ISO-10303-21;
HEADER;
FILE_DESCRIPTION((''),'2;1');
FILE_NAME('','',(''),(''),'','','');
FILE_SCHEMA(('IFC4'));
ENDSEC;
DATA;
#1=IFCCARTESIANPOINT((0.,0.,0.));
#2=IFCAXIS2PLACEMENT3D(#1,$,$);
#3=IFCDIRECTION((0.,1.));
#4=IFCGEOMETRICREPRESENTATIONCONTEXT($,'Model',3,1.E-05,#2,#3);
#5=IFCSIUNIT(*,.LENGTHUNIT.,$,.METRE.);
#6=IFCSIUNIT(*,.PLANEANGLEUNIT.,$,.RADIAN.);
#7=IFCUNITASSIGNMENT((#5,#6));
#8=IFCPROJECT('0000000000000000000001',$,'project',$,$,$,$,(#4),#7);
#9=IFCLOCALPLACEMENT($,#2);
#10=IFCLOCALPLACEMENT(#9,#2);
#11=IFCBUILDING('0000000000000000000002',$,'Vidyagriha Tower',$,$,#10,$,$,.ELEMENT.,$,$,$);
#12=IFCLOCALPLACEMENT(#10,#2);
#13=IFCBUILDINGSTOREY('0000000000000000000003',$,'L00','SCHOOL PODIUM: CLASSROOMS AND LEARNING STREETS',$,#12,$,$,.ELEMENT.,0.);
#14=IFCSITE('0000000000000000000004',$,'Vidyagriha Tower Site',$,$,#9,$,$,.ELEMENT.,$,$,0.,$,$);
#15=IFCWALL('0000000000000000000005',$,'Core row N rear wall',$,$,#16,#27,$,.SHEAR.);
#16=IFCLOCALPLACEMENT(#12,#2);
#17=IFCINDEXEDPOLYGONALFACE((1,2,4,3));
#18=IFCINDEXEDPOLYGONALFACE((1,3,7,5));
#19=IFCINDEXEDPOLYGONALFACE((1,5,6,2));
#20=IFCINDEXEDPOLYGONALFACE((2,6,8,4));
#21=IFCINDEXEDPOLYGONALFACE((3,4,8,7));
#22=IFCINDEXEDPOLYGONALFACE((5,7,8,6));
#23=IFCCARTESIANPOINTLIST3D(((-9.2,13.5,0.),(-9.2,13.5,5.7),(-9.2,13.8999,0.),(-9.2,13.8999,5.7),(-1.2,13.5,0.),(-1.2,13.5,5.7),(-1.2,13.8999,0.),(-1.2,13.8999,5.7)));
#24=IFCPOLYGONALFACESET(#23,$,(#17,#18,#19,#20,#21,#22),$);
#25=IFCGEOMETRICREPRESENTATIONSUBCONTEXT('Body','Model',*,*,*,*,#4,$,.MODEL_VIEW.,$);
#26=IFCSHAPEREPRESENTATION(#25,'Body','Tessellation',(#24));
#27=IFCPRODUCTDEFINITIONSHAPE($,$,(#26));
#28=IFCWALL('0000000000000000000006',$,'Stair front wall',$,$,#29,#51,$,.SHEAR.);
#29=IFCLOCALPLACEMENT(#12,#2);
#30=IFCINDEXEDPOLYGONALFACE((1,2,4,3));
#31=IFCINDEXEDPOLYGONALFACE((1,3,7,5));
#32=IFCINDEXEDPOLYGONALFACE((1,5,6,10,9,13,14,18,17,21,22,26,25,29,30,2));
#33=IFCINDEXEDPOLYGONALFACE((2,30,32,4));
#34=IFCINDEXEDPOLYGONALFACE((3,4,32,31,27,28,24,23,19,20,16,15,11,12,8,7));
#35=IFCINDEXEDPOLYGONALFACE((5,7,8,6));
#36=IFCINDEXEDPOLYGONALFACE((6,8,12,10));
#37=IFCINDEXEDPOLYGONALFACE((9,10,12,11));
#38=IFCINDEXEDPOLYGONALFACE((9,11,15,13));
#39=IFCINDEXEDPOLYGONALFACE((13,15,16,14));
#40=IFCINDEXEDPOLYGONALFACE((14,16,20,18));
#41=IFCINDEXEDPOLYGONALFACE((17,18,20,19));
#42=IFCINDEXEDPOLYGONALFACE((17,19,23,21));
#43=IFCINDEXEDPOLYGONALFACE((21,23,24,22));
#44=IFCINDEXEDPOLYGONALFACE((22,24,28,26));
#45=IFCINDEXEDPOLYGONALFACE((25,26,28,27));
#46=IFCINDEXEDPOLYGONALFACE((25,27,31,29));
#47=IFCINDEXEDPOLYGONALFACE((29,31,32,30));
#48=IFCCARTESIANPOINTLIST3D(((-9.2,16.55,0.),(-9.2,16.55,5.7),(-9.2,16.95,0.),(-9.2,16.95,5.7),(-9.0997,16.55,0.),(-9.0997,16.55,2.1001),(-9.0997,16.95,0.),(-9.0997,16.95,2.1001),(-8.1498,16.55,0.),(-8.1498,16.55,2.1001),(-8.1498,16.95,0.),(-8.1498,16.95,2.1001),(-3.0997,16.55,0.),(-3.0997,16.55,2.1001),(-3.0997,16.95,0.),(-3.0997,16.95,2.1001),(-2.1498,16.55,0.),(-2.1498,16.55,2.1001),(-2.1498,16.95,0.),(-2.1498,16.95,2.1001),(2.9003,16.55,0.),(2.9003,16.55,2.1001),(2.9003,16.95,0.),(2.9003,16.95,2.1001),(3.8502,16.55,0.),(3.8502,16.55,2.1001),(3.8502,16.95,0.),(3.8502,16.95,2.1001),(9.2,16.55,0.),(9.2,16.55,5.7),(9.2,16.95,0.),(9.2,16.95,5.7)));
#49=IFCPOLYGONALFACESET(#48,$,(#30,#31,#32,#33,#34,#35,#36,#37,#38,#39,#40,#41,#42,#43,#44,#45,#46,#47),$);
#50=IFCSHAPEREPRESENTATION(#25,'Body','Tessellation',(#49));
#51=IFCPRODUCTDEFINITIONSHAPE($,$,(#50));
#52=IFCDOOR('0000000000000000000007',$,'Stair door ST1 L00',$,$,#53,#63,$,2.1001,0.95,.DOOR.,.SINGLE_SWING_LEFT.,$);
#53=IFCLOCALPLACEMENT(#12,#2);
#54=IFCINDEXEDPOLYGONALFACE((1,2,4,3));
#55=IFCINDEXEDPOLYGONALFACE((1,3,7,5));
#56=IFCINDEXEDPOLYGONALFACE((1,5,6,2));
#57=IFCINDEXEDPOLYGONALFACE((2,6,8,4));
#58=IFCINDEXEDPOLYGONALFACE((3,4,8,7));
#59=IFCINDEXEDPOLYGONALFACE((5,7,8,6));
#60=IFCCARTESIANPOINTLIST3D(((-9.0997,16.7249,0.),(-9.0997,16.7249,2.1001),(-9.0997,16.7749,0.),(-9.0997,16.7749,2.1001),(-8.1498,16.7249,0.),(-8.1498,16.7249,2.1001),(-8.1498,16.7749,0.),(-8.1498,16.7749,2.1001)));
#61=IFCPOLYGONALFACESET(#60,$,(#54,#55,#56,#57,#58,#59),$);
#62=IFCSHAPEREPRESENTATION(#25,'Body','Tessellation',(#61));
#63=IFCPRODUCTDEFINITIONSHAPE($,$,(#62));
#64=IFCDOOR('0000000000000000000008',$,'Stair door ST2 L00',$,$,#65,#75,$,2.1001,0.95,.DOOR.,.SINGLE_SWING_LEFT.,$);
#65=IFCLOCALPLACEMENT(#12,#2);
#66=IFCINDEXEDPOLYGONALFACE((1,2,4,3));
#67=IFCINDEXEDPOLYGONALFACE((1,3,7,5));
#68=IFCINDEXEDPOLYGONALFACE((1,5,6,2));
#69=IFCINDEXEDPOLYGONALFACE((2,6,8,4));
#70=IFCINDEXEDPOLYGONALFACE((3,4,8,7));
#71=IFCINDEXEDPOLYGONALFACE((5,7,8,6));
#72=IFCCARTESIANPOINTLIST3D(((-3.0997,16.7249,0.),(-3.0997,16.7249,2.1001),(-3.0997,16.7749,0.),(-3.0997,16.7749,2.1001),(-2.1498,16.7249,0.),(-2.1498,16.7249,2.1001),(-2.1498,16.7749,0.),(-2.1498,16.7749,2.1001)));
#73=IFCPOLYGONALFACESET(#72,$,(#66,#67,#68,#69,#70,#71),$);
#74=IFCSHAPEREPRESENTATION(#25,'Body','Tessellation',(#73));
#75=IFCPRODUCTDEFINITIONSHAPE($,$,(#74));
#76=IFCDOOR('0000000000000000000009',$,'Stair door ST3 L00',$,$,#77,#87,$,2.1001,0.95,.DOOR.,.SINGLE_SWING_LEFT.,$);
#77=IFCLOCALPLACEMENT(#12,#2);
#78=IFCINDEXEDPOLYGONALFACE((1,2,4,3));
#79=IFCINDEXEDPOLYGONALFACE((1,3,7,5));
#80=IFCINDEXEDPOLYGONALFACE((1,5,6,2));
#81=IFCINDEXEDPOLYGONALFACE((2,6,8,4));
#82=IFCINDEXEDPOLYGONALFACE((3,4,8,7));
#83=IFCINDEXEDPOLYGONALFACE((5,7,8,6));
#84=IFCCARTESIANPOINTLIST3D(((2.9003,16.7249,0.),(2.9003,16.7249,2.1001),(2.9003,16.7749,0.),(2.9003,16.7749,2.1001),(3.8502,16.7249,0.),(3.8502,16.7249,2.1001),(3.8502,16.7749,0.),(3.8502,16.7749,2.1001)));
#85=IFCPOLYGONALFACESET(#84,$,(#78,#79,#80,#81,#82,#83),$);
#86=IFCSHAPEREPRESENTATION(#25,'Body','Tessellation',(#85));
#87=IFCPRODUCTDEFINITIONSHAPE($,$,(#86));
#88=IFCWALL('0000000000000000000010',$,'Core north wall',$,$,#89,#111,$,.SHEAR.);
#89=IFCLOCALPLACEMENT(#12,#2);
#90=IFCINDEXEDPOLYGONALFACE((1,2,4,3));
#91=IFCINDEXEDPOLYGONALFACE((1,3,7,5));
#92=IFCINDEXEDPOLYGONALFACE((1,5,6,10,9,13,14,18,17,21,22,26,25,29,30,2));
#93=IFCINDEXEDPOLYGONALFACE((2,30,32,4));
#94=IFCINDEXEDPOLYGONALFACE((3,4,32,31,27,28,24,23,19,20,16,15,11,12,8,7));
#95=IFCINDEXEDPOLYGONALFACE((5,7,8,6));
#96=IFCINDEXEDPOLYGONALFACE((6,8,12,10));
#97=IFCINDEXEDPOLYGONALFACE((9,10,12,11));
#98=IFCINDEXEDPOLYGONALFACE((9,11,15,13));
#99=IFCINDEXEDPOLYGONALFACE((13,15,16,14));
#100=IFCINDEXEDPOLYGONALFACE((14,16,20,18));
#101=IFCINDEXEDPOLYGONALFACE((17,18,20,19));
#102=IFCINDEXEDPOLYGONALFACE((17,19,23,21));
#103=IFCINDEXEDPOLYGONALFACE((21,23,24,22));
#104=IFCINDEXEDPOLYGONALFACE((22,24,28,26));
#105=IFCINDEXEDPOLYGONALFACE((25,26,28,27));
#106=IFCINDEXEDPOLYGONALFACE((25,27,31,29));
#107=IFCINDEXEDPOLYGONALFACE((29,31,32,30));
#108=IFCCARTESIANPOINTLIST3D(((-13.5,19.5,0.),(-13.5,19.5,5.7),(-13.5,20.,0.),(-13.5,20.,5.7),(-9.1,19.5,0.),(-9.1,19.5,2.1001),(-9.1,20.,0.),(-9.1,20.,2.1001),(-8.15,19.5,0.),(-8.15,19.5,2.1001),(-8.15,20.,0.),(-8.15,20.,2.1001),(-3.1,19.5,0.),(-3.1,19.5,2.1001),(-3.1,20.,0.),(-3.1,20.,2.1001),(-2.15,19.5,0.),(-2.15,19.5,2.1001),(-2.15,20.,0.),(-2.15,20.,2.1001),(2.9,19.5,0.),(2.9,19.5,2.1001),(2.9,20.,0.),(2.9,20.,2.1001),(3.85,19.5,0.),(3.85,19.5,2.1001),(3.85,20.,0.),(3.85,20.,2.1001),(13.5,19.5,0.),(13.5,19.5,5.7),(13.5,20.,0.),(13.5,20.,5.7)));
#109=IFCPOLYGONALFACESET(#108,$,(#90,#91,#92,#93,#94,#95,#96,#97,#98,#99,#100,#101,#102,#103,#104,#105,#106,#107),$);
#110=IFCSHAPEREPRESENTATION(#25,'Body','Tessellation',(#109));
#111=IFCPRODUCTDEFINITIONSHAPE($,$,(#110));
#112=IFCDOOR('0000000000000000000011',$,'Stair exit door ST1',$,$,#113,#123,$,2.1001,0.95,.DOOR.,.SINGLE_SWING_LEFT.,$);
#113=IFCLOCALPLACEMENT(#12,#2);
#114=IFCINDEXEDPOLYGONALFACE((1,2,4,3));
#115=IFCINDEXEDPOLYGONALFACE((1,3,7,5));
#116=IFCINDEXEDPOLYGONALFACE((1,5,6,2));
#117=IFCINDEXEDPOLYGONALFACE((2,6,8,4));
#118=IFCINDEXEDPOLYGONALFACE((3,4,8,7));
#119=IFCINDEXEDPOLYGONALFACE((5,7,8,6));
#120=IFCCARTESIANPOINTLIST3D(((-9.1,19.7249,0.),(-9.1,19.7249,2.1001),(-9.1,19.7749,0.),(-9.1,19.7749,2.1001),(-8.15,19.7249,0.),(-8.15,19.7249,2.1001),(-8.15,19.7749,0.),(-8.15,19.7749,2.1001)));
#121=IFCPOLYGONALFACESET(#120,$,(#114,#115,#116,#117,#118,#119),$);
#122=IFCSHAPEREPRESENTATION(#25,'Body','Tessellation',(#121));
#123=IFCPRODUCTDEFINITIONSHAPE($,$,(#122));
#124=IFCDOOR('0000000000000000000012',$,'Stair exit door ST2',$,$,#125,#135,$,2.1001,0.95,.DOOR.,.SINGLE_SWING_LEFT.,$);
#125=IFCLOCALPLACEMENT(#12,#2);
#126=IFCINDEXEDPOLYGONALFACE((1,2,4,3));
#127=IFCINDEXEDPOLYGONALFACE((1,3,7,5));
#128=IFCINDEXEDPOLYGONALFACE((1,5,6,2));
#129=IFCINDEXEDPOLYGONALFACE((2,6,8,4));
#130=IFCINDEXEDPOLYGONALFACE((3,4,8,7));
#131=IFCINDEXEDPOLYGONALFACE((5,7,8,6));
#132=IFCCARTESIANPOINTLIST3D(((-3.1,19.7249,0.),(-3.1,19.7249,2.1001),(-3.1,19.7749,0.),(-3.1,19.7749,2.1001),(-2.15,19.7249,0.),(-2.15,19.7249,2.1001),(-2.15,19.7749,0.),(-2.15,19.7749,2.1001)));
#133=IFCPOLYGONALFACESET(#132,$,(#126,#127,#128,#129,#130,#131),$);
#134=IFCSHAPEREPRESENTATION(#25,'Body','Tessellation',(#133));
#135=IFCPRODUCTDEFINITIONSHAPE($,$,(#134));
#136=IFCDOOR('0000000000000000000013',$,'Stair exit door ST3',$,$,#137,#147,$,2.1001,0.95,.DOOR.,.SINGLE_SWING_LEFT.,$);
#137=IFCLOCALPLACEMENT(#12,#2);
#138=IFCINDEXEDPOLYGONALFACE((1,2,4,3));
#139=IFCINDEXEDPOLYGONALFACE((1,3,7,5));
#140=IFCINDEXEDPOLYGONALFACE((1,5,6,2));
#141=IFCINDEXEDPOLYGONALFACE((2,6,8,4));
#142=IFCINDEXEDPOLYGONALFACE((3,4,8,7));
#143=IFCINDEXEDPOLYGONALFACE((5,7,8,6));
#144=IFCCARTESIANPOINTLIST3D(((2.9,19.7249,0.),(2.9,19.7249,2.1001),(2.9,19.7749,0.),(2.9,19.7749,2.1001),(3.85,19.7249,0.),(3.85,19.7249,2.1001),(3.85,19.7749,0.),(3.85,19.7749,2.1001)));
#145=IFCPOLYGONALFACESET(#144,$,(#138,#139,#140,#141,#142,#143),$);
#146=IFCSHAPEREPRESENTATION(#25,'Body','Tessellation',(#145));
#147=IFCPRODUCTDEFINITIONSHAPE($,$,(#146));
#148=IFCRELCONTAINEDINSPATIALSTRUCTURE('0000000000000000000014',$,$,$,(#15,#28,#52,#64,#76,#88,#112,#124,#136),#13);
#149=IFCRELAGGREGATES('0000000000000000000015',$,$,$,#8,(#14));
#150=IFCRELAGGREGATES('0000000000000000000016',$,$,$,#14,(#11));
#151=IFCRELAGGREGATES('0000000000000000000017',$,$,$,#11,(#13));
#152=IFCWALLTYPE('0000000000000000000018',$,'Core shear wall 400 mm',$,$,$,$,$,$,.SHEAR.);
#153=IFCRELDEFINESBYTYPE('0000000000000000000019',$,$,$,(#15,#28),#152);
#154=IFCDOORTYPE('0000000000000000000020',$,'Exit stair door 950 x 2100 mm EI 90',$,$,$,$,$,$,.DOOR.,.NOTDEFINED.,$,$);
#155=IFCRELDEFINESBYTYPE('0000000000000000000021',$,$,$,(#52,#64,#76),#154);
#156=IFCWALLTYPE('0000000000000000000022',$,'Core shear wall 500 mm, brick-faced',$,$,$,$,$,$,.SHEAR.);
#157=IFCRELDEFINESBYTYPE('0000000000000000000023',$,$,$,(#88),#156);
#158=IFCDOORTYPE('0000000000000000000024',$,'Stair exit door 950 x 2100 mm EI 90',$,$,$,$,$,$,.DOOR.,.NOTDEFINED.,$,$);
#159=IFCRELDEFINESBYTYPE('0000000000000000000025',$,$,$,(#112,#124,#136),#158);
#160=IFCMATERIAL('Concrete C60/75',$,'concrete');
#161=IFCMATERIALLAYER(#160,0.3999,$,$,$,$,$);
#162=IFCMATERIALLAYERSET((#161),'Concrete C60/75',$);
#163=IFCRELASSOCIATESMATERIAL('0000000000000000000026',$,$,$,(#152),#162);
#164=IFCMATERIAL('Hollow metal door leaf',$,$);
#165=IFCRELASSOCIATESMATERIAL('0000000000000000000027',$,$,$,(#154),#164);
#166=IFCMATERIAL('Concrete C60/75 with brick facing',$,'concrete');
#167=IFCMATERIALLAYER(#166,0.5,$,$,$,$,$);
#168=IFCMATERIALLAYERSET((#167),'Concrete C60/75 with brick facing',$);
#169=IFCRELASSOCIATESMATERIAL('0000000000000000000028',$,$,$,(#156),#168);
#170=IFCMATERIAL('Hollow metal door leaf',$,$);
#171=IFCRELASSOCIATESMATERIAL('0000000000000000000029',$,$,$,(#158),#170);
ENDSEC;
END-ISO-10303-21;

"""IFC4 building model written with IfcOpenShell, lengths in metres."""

from ifc_helpers import new_model, si_unit, direction, frame, frame_2d, origin, place, context, subcontext, project, spatial, rectangle, extrude, material, layer, layer_set, type_object, element, fill, save


model = new_model("IFC4")

# Units and contexts
model_context = context("Model", 3, precision=1e-05, world=origin(), true_north=direction((0.0, 1.0)))
body_context = subcontext(model_context, "Body", "Model", "MODEL_VIEW")
ifc_project = project(units=[si_unit("LENGTHUNIT", "METRE"), si_unit("PLANEANGLEUNIT", "RADIAN")], contexts=[model_context])

# Site, building, storey
site_placement = place(None, origin())
site = spatial("IfcSite", under=ifc_project, at=site_placement, Name="Vidyagriha Tower Site", CompositionType="ELEMENT", RefElevation=0.0)
building_placement = place(site_placement, origin())
building = spatial("IfcBuilding", under=site, at=building_placement, Name="Vidyagriha Tower", CompositionType="ELEMENT")
storey_placement = place(building_placement, origin())
storey = spatial("IfcBuildingStorey", under=building, at=storey_placement, Name="L00", Description="SCHOOL PODIUM: CLASSROOMS AND LEARNING STREETS", CompositionType="ELEMENT", Elevation=0.0)

# Shared definitions
ifc_material_1 = material(Name="Concrete C60/75", Category="concrete")
ifc_layer_1 = layer(ifc_material_1, 0.3999)
ifc_layer_set_1 = layer_set([ifc_layer_1], Name="Concrete C60/75")
wall_type_1 = type_object("IfcWallType", Name="Core shear wall 400 mm", PredefinedType="SHEAR", material=ifc_layer_set_1)

# Wall
wall_1_placement = place(storey_placement, frame((-9.2, 13.7, 0.0)))
element("IfcWall", 1, at=wall_1_placement, inside=storey, type_object=wall_type_1, Name="Core row N rear wall", PredefinedType="SHEAR", context=body_context, shape_type="SweptSolid", body=[
    extrude(rectangle(XDim=8.0, YDim=0.3999, at=frame_2d((4.0, 0.0))), origin(), (0.0, 0.0, 1.0), 5.7),
])

# Walls, openings, doors
wall_2_placement = place(storey_placement, frame((-9.2, 16.75, 0.0)))
wall_2 = element("IfcWall", 2, at=wall_2_placement, inside=storey, type_object=wall_type_1, Name="Stair front wall", PredefinedType="SHEAR", context=body_context, shape_type="SweptSolid", body=[
    extrude(rectangle(XDim=18.3999, YDim=0.3999, at=frame_2d((9.2, 0.0))), origin(), (0.0, 0.0, 1.0), 5.7),
])
opening_1_placement = place(wall_2_placement, frame((0.1001, 0.0, 0.0)))
opening_1 = element("IfcOpeningElement", 3, at=opening_1_placement, cuts=wall_2, PredefinedType="OPENING", context=body_context, shape_type="SweptSolid", body=[
    extrude(rectangle(XDim=0.95, YDim=2.1001, at=frame_2d((0.4751, 1.05))), frame((0.0, 0.21, 0.0), z_axis=(0.0, -1.0, 0.0), x_axis=(1.0, 0.0, 0.0)), (0.0, 0.0, 1.0), 0.4199),
])
opening_2_placement = place(wall_2_placement, frame((6.1001, 0.0, 0.0)))
opening_2 = element("IfcOpeningElement", 4, at=opening_2_placement, cuts=wall_2, PredefinedType="OPENING", context=body_context, shape_type="SweptSolid", body=[
    extrude(rectangle(XDim=0.95, YDim=2.1001, at=frame_2d((0.4751, 1.05))), frame((0.0, 0.21, 0.0), z_axis=(0.0, -1.0, 0.0), x_axis=(1.0, 0.0, 0.0)), (0.0, 0.0, 1.0), 0.4199),
])
opening_3_placement = place(wall_2_placement, frame((12.1001, 0.0, 0.0)))
opening_3 = element("IfcOpeningElement", 5, at=opening_3_placement, cuts=wall_2, PredefinedType="OPENING", context=body_context, shape_type="SweptSolid", body=[
    extrude(rectangle(XDim=0.95, YDim=2.1001, at=frame_2d((0.4751, 1.05))), frame((0.0, 0.21, 0.0), z_axis=(0.0, -1.0, 0.0), x_axis=(1.0, 0.0, 0.0)), (0.0, 0.0, 1.0), 0.4199),
])
ifc_material_2 = material(Name="Hollow metal door leaf")
door_type_1 = type_object("IfcDoorType", Name="Exit stair door 950 x 2100 mm EI 90", OperationType="NOTDEFINED", PredefinedType="DOOR", material=ifc_material_2)
door_1_placement = place(opening_1_placement, origin())
door_1 = element("IfcDoor", 6, at=door_1_placement, inside=storey, type_object=door_type_1, Name="Stair door ST1 L00", OperationType="SINGLE_SWING_LEFT", OverallHeight=2.1001, OverallWidth=0.95, PredefinedType="DOOR", context=body_context, shape_type="SweptSolid", body=[
    extrude(rectangle(XDim=0.95, YDim=2.1001, at=frame_2d((0.4751, 1.05))), frame((0.0, 0.0249, 0.0), z_axis=(0.0, -1.0, 0.0), x_axis=(1.0, 0.0, 0.0)), (0.0, 0.0, 1.0), 0.05),
])
fill(opening_1, door_1)
door_2_placement = place(opening_2_placement, origin())
door_2 = element("IfcDoor", 7, at=door_2_placement, inside=storey, type_object=door_type_1, Name="Stair door ST2 L00", OperationType="SINGLE_SWING_LEFT", OverallHeight=2.1001, OverallWidth=0.95, PredefinedType="DOOR", context=body_context, shape_type="SweptSolid", body=[
    extrude(rectangle(XDim=0.95, YDim=2.1001, at=frame_2d((0.4751, 1.05))), frame((0.0, 0.0249, 0.0), z_axis=(0.0, -1.0, 0.0), x_axis=(1.0, 0.0, 0.0)), (0.0, 0.0, 1.0), 0.05),
])
fill(opening_2, door_2)
door_3_placement = place(opening_3_placement, origin())
door_3 = element("IfcDoor", 8, at=door_3_placement, inside=storey, type_object=door_type_1, Name="Stair door ST3 L00", OperationType="SINGLE_SWING_LEFT", OverallHeight=2.1001, OverallWidth=0.95, PredefinedType="DOOR", context=body_context, shape_type="SweptSolid", body=[
    extrude(rectangle(XDim=0.95, YDim=2.1001, at=frame_2d((0.4751, 1.05))), frame((0.0, 0.0249, 0.0), z_axis=(0.0, -1.0, 0.0), x_axis=(1.0, 0.0, 0.0)), (0.0, 0.0, 1.0), 0.05),
])
fill(opening_3, door_3)
ifc_material_3 = material(Name="Concrete C60/75 with brick facing", Category="concrete")
ifc_layer_2 = layer(ifc_material_3, 0.5)
ifc_layer_set_2 = layer_set([ifc_layer_2], Name="Concrete C60/75 with brick facing")
wall_type_2 = type_object("IfcWallType", Name="Core shear wall 500 mm, brick-faced", PredefinedType="SHEAR", material=ifc_layer_set_2)
wall_3_placement = place(storey_placement, frame((-13.5, 19.75, 0.0)))
wall_3 = element("IfcWall", 9, at=wall_3_placement, inside=storey, type_object=wall_type_2, Name="Core north wall", PredefinedType="SHEAR", context=body_context, shape_type="SweptSolid", body=[
    extrude(rectangle(XDim=27.0, YDim=0.5, at=frame_2d((13.5, 0.0))), origin(), (0.0, 0.0, 1.0), 5.7),
])
opening_4_placement = place(wall_3_placement, frame((4.3999, 0.0, 0.0)))
opening_4 = element("IfcOpeningElement", 10, at=opening_4_placement, cuts=wall_3, PredefinedType="OPENING", context=body_context, shape_type="SweptSolid", body=[
    extrude(rectangle(XDim=0.95, YDim=2.1001, at=frame_2d((0.4751, 1.05))), frame((0.0, 0.26, 0.0), z_axis=(0.0, -1.0, 0.0), x_axis=(1.0, 0.0, 0.0)), (0.0, 0.0, 1.0), 0.52),
])
opening_5_placement = place(wall_3_placement, frame((10.3999, 0.0, 0.0)))
opening_5 = element("IfcOpeningElement", 11, at=opening_5_placement, cuts=wall_3, PredefinedType="OPENING", context=body_context, shape_type="SweptSolid", body=[
    extrude(rectangle(XDim=0.95, YDim=2.1001, at=frame_2d((0.4751, 1.05))), frame((0.0, 0.26, 0.0), z_axis=(0.0, -1.0, 0.0), x_axis=(1.0, 0.0, 0.0)), (0.0, 0.0, 1.0), 0.52),
])
opening_6_placement = place(wall_3_placement, frame((16.3999, 0.0, 0.0)))
opening_6 = element("IfcOpeningElement", 12, at=opening_6_placement, cuts=wall_3, PredefinedType="OPENING", context=body_context, shape_type="SweptSolid", body=[
    extrude(rectangle(XDim=0.95, YDim=2.1001, at=frame_2d((0.4751, 1.05))), frame((0.0, 0.26, 0.0), z_axis=(0.0, -1.0, 0.0), x_axis=(1.0, 0.0, 0.0)), (0.0, 0.0, 1.0), 0.52),
])
ifc_material_4 = material(Name="Hollow metal door leaf")
door_type_2 = type_object("IfcDoorType", Name="Stair exit door 950 x 2100 mm EI 90", OperationType="NOTDEFINED", PredefinedType="DOOR", material=ifc_material_4)
door_4_placement = place(opening_4_placement, origin())
door_4 = element("IfcDoor", 13, at=door_4_placement, inside=storey, type_object=door_type_2, Name="Stair exit door ST1", OperationType="SINGLE_SWING_LEFT", OverallHeight=2.1001, OverallWidth=0.95, PredefinedType="DOOR", context=body_context, shape_type="SweptSolid", body=[
    extrude(rectangle(XDim=0.95, YDim=2.1001, at=frame_2d((0.4751, 1.05))), frame((0.0, 0.0249, 0.0), z_axis=(0.0, -1.0, 0.0), x_axis=(1.0, 0.0, 0.0)), (0.0, 0.0, 1.0), 0.05),
])
fill(opening_4, door_4)
door_5_placement = place(opening_5_placement, origin())
door_5 = element("IfcDoor", 14, at=door_5_placement, inside=storey, type_object=door_type_2, Name="Stair exit door ST2", OperationType="SINGLE_SWING_LEFT", OverallHeight=2.1001, OverallWidth=0.95, PredefinedType="DOOR", context=body_context, shape_type="SweptSolid", body=[
    extrude(rectangle(XDim=0.95, YDim=2.1001, at=frame_2d((0.4751, 1.05))), frame((0.0, 0.0249, 0.0), z_axis=(0.0, -1.0, 0.0), x_axis=(1.0, 0.0, 0.0)), (0.0, 0.0, 1.0), 0.05),
])
fill(opening_5, door_5)
door_6_placement = place(opening_6_placement, origin())
door_6 = element("IfcDoor", 15, at=door_6_placement, inside=storey, type_object=door_type_2, Name="Stair exit door ST3", OperationType="SINGLE_SWING_LEFT", OverallHeight=2.1001, OverallWidth=0.95, PredefinedType="DOOR", context=body_context, shape_type="SweptSolid", body=[
    extrude(rectangle(XDim=0.95, YDim=2.1001, at=frame_2d((0.4751, 1.05))), frame((0.0, 0.0249, 0.0), z_axis=(0.0, -1.0, 0.0), x_axis=(1.0, 0.0, 0.0)), (0.0, 0.0, 1.0), 0.05),
])
fill(opening_6, door_6)

save(model, "model.ifc")
